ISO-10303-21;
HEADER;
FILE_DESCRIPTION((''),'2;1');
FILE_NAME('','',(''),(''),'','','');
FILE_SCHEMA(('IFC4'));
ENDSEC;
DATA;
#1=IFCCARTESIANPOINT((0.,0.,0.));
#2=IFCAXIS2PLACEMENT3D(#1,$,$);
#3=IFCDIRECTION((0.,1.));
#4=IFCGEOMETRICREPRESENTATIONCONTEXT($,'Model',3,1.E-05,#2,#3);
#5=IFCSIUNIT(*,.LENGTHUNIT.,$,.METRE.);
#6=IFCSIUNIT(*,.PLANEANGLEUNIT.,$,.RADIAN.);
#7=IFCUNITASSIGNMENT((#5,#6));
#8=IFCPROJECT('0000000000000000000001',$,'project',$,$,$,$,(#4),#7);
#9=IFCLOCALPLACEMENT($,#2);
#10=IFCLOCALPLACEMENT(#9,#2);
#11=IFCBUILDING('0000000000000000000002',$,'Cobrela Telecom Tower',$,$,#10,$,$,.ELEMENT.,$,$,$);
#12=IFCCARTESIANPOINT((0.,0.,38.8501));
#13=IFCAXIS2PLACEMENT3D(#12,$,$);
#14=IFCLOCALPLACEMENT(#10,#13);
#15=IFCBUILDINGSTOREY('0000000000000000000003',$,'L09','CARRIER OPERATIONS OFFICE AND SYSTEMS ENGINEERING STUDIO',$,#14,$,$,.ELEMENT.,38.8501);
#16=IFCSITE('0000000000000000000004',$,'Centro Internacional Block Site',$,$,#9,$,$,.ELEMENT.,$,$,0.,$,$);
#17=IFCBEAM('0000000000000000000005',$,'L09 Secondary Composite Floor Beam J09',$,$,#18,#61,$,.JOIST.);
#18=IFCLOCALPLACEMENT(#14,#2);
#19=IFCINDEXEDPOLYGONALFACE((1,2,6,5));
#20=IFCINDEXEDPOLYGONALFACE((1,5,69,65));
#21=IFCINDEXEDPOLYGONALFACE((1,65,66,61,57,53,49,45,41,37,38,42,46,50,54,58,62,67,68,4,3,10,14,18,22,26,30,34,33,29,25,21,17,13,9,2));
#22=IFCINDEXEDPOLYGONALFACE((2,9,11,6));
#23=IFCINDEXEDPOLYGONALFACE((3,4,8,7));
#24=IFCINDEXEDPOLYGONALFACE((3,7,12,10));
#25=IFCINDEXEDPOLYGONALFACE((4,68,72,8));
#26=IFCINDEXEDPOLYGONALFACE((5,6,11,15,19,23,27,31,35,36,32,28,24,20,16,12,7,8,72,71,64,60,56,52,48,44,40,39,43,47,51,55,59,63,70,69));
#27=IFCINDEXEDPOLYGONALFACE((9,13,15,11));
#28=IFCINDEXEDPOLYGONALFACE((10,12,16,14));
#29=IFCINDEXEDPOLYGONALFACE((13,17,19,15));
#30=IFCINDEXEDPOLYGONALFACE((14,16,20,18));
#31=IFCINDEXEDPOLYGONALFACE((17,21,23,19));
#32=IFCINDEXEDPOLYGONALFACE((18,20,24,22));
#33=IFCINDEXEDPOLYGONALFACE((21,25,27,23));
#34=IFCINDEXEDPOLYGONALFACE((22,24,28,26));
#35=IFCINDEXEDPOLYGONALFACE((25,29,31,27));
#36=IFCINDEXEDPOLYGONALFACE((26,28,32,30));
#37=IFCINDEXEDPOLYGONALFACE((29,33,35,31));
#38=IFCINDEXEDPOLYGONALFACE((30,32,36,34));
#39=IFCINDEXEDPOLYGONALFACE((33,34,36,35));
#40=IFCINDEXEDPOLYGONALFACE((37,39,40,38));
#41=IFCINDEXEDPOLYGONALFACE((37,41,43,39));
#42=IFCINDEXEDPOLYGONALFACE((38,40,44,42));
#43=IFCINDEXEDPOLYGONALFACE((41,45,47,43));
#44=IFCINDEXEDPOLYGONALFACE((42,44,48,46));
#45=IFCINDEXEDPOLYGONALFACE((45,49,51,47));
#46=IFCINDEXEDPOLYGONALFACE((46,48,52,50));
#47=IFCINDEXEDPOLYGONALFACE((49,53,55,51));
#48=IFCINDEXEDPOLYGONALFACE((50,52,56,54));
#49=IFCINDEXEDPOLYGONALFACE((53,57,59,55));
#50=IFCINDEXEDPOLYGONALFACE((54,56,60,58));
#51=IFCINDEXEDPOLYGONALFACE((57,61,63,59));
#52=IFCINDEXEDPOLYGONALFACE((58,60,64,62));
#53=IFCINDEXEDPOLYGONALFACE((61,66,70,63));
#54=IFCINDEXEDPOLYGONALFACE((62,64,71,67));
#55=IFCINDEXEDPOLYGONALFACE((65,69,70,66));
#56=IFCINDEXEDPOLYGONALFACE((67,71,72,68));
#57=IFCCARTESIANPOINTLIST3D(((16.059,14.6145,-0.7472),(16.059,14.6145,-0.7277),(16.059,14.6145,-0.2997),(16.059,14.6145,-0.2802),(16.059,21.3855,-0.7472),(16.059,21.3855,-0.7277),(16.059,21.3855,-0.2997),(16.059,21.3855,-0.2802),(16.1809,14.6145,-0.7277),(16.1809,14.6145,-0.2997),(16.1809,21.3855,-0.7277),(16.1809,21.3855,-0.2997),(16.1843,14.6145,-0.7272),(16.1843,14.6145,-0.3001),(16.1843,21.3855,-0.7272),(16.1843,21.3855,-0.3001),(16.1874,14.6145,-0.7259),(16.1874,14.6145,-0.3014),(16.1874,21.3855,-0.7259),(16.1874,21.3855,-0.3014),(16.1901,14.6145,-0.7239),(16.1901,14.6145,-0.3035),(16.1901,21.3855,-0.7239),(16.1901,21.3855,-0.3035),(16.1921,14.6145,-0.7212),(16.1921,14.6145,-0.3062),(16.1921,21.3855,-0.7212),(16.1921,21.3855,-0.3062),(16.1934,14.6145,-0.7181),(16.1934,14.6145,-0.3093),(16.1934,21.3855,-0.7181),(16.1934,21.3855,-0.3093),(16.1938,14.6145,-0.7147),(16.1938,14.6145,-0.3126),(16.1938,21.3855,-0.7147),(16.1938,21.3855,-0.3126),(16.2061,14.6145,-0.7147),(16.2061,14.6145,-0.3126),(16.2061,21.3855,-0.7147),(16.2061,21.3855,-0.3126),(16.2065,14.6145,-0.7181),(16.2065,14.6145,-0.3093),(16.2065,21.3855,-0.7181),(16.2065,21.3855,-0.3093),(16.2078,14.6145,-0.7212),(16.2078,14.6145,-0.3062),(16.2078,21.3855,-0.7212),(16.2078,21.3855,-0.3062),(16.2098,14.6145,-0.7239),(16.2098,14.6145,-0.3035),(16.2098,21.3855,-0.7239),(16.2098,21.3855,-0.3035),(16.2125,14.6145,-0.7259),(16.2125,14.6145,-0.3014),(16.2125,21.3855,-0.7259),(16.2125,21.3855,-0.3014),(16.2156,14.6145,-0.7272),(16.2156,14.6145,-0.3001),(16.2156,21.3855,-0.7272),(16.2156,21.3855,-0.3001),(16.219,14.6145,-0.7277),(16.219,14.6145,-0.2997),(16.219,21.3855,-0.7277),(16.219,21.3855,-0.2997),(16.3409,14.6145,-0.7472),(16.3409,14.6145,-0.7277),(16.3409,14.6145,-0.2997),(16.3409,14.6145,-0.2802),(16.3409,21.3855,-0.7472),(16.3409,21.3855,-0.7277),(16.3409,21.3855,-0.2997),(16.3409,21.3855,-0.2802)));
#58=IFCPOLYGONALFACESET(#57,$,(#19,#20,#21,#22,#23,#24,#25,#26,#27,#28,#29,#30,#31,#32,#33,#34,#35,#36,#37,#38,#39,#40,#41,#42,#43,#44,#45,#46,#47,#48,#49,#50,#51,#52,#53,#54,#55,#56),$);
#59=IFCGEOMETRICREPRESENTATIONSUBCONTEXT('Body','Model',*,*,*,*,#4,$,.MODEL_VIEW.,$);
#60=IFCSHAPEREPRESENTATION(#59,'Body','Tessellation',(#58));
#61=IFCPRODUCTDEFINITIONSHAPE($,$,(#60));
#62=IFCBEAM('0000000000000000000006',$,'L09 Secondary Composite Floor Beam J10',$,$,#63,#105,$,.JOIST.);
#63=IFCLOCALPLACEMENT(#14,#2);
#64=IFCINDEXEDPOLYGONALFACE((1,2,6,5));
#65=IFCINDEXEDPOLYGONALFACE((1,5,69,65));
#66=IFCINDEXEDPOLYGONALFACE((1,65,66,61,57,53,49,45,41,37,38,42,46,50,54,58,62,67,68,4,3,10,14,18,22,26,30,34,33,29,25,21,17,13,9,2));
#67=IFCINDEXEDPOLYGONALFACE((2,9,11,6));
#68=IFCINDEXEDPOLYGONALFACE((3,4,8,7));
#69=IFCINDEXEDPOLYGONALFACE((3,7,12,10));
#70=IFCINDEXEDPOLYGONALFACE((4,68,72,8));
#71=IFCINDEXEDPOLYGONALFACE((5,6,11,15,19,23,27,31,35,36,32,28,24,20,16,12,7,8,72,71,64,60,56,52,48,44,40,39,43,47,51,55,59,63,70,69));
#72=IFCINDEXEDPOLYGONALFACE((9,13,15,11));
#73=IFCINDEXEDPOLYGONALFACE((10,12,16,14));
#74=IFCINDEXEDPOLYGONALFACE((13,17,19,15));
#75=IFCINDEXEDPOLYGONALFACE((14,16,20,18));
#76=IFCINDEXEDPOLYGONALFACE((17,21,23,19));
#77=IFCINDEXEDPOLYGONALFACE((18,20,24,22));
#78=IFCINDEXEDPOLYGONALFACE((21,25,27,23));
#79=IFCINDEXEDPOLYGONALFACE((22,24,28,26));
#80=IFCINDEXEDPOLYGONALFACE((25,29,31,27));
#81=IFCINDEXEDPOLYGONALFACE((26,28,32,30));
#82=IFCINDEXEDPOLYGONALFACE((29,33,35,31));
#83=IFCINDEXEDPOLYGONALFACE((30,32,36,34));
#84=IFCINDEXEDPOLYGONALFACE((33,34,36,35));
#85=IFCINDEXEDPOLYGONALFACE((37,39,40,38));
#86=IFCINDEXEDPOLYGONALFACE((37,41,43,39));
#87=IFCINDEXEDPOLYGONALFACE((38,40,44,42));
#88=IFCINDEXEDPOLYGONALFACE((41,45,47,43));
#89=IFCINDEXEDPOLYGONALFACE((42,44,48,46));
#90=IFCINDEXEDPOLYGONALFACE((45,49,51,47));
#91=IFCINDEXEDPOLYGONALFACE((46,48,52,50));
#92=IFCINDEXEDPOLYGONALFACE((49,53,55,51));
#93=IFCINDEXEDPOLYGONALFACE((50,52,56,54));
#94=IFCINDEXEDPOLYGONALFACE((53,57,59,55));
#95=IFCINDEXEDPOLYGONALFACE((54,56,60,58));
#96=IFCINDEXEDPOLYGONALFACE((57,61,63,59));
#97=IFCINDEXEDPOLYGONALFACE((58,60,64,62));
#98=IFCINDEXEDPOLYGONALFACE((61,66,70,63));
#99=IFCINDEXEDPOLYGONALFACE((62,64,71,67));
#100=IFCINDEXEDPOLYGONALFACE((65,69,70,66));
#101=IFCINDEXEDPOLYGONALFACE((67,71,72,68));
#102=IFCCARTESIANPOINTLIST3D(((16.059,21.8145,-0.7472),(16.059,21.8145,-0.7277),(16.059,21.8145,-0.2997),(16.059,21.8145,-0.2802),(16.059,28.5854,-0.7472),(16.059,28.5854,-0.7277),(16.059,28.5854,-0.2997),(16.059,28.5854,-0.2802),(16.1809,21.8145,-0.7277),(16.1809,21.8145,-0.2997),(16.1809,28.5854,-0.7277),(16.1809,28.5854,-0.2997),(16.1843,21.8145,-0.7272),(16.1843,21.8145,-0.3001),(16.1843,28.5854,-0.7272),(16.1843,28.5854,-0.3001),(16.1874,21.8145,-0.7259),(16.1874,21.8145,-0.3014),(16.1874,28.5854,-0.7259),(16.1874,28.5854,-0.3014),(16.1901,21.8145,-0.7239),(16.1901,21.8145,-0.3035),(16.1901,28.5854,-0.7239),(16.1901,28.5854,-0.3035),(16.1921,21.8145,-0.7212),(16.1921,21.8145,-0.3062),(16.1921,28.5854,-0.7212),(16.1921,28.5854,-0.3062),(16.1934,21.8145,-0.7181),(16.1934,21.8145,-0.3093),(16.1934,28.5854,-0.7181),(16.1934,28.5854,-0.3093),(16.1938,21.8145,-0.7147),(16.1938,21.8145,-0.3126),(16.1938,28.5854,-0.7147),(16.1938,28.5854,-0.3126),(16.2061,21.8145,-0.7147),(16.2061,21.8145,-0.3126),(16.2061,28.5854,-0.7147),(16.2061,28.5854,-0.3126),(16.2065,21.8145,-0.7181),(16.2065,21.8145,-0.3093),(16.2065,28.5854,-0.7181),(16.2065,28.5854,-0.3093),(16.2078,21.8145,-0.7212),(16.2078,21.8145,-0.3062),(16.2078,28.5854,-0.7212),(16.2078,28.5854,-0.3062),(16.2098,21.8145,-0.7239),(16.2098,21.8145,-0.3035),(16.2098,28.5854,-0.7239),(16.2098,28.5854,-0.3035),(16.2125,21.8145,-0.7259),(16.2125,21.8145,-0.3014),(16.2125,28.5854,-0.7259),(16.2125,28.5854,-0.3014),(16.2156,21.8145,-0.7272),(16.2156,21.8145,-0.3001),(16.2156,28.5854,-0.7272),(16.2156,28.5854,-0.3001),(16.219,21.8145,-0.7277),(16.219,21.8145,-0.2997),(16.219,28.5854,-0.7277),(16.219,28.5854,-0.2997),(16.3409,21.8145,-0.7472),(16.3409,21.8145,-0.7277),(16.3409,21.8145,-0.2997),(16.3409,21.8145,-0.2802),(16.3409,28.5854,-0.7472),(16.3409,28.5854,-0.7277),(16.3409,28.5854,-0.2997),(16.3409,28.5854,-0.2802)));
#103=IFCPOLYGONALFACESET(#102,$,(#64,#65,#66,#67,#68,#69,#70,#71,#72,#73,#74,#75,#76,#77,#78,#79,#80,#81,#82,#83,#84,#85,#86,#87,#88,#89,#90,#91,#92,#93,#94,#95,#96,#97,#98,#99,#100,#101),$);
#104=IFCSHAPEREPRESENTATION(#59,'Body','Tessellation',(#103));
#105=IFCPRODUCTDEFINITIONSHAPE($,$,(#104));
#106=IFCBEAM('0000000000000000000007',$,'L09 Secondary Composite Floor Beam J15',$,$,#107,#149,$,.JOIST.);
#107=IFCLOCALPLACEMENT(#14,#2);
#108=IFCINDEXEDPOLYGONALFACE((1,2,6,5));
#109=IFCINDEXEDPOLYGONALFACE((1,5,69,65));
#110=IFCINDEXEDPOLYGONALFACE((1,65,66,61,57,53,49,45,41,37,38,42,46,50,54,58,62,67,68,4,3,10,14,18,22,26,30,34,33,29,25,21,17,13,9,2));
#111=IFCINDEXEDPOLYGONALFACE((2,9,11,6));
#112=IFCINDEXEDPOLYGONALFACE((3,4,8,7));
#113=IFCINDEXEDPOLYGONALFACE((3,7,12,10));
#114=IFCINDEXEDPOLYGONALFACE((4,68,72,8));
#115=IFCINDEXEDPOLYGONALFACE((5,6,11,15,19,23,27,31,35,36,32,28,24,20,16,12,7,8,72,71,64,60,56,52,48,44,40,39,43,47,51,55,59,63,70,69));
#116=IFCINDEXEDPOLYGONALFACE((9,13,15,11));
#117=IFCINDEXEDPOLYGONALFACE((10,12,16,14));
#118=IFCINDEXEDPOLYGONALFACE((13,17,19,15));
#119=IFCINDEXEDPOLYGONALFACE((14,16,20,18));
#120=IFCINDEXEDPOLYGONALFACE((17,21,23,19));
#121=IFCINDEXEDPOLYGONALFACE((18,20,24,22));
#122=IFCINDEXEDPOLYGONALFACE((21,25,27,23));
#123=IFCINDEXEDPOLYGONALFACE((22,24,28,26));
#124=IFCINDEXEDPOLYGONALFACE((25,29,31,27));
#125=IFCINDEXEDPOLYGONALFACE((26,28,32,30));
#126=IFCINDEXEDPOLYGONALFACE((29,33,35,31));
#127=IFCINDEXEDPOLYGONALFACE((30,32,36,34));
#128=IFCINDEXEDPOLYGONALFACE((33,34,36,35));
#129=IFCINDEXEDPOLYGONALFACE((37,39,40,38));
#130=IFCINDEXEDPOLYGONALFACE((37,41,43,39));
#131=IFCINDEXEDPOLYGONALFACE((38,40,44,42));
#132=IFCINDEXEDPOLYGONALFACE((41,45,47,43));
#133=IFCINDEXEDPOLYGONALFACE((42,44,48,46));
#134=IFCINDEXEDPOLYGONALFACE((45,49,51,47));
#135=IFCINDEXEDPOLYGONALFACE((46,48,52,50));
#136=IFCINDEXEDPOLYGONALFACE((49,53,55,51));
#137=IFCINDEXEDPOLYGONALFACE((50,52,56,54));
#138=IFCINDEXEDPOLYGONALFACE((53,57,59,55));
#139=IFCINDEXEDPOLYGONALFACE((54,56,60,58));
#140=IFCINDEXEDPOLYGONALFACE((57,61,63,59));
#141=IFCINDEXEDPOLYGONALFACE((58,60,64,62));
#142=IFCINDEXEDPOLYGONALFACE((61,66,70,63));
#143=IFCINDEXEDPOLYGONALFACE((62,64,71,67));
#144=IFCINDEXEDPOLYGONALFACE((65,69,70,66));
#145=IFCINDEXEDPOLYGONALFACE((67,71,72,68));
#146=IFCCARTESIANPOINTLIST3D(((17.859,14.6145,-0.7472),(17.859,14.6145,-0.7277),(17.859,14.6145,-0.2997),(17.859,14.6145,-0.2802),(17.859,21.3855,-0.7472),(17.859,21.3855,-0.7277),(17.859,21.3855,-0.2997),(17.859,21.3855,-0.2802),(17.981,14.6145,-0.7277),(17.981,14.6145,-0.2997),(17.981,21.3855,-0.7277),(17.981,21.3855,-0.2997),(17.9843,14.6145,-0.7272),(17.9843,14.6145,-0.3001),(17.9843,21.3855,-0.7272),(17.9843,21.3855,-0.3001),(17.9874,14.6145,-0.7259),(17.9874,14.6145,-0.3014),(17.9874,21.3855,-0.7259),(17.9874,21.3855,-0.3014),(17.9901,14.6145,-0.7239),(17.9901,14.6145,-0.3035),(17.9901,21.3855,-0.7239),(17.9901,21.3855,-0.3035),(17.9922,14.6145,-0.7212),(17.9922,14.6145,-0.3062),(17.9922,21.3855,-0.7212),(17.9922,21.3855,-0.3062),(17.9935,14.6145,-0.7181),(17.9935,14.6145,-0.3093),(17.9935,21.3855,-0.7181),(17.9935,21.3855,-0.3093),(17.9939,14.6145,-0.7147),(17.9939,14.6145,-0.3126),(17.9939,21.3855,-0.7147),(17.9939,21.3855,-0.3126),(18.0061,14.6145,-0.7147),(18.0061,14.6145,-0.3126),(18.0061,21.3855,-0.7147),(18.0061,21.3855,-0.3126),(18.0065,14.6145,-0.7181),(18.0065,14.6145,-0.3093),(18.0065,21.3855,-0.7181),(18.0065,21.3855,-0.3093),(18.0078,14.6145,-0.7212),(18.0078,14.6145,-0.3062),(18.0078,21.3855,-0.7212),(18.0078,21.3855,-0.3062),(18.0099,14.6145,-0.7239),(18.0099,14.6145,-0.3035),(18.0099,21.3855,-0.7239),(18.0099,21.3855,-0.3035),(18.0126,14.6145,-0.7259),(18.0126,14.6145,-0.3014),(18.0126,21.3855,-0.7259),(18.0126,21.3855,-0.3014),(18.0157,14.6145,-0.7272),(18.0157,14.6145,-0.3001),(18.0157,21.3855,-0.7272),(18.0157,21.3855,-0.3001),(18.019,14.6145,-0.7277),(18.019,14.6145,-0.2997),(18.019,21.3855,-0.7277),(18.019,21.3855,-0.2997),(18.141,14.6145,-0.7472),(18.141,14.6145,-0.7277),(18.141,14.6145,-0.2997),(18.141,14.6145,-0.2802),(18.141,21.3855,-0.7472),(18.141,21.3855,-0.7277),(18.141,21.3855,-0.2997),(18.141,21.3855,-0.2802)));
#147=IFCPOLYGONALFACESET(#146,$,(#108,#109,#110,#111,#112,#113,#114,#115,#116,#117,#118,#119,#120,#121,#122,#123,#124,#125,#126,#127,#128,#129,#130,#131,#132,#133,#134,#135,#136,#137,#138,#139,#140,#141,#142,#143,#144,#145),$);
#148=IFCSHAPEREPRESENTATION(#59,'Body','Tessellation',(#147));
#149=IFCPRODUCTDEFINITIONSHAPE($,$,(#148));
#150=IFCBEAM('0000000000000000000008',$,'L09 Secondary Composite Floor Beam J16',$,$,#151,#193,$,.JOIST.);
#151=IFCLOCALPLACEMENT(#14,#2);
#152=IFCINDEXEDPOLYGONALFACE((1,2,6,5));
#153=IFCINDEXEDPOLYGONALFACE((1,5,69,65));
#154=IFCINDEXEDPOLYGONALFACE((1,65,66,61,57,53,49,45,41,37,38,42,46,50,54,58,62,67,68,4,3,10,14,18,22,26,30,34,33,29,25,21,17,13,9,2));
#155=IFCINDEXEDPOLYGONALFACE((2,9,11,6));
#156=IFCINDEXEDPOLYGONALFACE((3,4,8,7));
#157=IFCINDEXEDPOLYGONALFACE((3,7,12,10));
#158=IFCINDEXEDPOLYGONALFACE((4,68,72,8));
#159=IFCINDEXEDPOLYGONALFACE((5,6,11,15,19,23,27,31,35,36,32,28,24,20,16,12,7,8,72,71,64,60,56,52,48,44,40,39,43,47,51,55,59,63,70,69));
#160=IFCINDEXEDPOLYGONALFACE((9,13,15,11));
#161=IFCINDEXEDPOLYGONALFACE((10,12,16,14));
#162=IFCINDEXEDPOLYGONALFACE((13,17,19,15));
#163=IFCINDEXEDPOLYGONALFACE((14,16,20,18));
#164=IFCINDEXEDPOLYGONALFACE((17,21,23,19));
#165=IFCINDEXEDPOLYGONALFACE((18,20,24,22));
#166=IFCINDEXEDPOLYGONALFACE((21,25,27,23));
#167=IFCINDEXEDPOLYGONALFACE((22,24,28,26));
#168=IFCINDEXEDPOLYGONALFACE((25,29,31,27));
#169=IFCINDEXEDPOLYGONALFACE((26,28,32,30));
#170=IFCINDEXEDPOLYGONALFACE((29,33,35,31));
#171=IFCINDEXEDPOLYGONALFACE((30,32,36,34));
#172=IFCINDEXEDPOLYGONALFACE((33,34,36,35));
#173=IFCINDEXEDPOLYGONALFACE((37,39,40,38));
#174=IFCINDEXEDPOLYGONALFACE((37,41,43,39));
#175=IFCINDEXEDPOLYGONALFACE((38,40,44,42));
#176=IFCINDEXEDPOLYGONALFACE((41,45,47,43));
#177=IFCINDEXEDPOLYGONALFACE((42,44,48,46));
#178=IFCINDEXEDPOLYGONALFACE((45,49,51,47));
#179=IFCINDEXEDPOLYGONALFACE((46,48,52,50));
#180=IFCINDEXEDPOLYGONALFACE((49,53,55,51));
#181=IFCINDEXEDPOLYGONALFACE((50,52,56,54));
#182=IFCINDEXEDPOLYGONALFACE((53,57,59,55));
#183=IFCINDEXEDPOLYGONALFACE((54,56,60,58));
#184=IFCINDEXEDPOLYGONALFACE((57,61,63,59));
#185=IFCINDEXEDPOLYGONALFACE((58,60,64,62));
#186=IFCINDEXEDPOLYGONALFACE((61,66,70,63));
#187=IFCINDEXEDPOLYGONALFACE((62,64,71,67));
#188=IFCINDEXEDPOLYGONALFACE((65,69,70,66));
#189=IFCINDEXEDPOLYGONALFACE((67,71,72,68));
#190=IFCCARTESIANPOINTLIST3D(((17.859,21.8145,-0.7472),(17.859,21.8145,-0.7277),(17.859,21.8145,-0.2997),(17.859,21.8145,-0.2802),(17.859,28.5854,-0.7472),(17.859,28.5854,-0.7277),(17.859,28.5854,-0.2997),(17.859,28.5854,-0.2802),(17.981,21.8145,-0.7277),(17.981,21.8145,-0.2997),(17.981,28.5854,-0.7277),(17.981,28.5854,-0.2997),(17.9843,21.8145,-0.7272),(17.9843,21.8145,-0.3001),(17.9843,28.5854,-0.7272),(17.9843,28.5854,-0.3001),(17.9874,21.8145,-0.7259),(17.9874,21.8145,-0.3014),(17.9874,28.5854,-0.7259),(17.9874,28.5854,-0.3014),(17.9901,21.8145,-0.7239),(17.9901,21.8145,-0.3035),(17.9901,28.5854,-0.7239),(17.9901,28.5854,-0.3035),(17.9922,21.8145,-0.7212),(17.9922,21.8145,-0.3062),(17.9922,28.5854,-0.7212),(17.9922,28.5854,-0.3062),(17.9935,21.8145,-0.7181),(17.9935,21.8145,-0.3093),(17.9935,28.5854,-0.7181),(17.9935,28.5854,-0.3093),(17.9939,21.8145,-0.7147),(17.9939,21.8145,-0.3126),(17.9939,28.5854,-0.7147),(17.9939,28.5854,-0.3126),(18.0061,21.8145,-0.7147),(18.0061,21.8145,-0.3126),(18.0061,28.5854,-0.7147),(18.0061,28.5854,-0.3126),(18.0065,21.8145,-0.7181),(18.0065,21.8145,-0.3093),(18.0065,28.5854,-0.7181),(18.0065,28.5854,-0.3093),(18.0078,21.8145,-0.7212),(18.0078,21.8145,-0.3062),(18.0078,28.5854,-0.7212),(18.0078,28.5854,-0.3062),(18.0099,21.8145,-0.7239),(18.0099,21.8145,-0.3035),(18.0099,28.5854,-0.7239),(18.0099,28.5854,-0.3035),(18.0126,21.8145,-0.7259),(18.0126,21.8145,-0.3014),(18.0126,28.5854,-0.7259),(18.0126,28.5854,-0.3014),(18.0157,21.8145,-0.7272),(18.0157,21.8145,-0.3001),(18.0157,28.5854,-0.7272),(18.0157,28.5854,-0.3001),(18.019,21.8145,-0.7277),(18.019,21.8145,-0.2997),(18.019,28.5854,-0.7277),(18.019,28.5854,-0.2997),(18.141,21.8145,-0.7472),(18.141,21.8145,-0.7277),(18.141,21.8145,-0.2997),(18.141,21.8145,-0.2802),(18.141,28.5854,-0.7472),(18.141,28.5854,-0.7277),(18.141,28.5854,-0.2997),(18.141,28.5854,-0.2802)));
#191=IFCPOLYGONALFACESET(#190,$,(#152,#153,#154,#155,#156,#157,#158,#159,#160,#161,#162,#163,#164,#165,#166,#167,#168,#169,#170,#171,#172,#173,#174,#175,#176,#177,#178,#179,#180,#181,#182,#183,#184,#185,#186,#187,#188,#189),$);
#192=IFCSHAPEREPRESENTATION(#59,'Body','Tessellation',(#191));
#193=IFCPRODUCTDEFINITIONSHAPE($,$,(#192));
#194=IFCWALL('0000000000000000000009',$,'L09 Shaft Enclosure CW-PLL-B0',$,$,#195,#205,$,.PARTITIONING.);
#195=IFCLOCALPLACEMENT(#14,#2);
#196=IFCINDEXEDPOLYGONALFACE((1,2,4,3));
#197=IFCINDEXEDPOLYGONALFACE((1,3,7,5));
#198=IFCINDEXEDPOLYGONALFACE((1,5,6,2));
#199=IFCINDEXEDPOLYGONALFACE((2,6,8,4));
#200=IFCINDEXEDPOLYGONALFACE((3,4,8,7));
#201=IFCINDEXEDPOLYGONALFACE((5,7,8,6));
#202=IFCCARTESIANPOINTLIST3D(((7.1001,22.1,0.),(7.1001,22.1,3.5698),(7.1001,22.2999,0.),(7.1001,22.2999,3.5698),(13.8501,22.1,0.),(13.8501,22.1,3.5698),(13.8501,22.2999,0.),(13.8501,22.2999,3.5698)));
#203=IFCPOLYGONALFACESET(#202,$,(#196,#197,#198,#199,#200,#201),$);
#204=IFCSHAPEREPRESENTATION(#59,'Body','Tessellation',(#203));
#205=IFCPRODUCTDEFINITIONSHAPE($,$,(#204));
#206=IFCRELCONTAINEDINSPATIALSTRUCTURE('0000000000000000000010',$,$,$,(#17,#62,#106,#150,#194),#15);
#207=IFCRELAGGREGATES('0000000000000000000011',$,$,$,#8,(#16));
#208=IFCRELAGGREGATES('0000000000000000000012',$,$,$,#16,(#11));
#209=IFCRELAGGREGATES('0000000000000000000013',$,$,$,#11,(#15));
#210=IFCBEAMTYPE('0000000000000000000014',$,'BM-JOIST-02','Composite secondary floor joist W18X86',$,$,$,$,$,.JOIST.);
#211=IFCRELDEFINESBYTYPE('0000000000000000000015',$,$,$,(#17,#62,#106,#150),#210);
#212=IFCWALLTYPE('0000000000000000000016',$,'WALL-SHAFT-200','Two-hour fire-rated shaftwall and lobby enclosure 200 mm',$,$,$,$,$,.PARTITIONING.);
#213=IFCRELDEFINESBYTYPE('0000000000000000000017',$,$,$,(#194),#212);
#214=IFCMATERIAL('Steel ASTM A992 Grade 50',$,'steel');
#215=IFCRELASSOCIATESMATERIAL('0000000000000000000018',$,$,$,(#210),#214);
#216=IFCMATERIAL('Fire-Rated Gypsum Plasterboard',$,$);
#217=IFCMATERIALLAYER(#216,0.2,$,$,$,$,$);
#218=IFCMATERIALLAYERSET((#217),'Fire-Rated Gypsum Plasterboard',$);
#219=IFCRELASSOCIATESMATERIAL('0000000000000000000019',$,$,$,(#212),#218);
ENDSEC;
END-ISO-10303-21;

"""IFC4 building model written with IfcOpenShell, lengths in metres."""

from ifc_helpers import new_model, si_unit, direction, frame, frame_2d, origin, origin_2d, place, context, subcontext, project, spatial, rectangle, i_section, extrude, material, layer, layer_set, material_profile, profile_set, type_object, element, save


model = new_model("IFC4")

# Units and contexts
model_context = context("Model", 3, precision=1e-05, world=origin(), true_north=direction((0.0, 1.0)))
body_context = subcontext(model_context, "Body", "Model", "MODEL_VIEW")
ifc_project = project(units=[si_unit("LENGTHUNIT", "METRE"), si_unit("PLANEANGLEUNIT", "RADIAN")], contexts=[model_context])

# Site, building, storey
site_placement = place(None, origin())
site = spatial("IfcSite", under=ifc_project, at=site_placement, Name="Centro Internacional Block Site", CompositionType="ELEMENT", RefElevation=0.0)
building_placement = place(site_placement, origin())
building = spatial("IfcBuilding", under=site, at=building_placement, Name="Cobrela Telecom Tower", CompositionType="ELEMENT")
storey_placement = place(building_placement, frame((0.0, 0.0, 38.8501)))
storey = spatial("IfcBuildingStorey", under=building, at=storey_placement, Name="L09", Description="CARRIER OPERATIONS OFFICE AND SYSTEMS ENGINEERING STUDIO", CompositionType="ELEMENT", Elevation=38.8501)

# Beams
ifc_material_1 = material(Name="Steel ASTM A992 Grade 50", Category="steel")
ifc_material_profile_1 = material_profile(ifc_material_1, i_section(OverallWidth=0.282, OverallDepth=0.467, WebThickness=0.0122, FlangeThickness=0.0195, FilletRadius=0.0129, at=origin_2d()), Name="W18X86")
ifc_profile_set_1 = profile_set([ifc_material_profile_1], Name="Steel ASTM A992 Grade 50")
beam_type_1 = type_object("IfcBeamType", Name="BM-JOIST-02", Description="Composite secondary floor joist W18X86", PredefinedType="JOIST", material=ifc_profile_set_1)
for number, where, z_axis, x_axis, name in (
    (1, (16.2, 14.6145, -0.5137), (0.0, 1.0, 0.0), (-1.0, 0.0, 0.0), "L09 Secondary Composite Floor Beam J09"),
    (2, (16.2, 21.8145, -0.5137), (0.0, 1.0, 0.0), (-1.0, 0.0, 0.0), "L09 Secondary Composite Floor Beam J10"),
    (3, (18.0, 14.6145, -0.5137), (0.0, 1.0, 0.0), (-1.0, 0.0, 0.0), "L09 Secondary Composite Floor Beam J15"),
    (4, (18.0, 21.8145, -0.5137), (0.0, 1.0, 0.0), (-1.0, 0.0, 0.0), "L09 Secondary Composite Floor Beam J16"),
):
    element("IfcBeam", number, at=place(storey_placement, frame(where, z_axis=z_axis, x_axis=x_axis)), inside=storey, type_object=beam_type_1, Name=name, PredefinedType="JOIST", context=body_context, shape_type="SweptSolid", body=[
        extrude(i_section(OverallWidth=0.282, OverallDepth=0.467, WebThickness=0.0122, FlangeThickness=0.0195, FilletRadius=0.0129, at=origin_2d()), origin(), (0.0, 0.0, 1.0), 6.771),
    ])

# Wall
ifc_material_2 = material(Name="Fire-Rated Gypsum Plasterboard")
ifc_layer = layer(ifc_material_2, 0.2)
ifc_layer_set = layer_set([ifc_layer], Name="Fire-Rated Gypsum Plasterboard")
wall_type = type_object("IfcWallType", Name="WALL-SHAFT-200", Description="Two-hour fire-rated shaftwall and lobby enclosure 200 mm", PredefinedType="PARTITIONING", material=ifc_layer_set)
wall_placement = place(storey_placement, frame((7.1001, 22.2, 0.0), z_axis=(0.0, 0.0, 1.0), x_axis=(1.0, 0.0, 0.0)))
element("IfcWall", 5, at=wall_placement, inside=storey, type_object=wall_type, Name="L09 Shaft Enclosure CW-PLL-B0", PredefinedType="PARTITIONING", context=body_context, shape_type="SweptSolid", body=[
    extrude(rectangle(XDim=6.75, YDim=0.2, at=frame_2d((3.375, 0.0))), origin(), (0.0, 0.0, 1.0), 3.5698),
])

save(model, "model.ifc")
